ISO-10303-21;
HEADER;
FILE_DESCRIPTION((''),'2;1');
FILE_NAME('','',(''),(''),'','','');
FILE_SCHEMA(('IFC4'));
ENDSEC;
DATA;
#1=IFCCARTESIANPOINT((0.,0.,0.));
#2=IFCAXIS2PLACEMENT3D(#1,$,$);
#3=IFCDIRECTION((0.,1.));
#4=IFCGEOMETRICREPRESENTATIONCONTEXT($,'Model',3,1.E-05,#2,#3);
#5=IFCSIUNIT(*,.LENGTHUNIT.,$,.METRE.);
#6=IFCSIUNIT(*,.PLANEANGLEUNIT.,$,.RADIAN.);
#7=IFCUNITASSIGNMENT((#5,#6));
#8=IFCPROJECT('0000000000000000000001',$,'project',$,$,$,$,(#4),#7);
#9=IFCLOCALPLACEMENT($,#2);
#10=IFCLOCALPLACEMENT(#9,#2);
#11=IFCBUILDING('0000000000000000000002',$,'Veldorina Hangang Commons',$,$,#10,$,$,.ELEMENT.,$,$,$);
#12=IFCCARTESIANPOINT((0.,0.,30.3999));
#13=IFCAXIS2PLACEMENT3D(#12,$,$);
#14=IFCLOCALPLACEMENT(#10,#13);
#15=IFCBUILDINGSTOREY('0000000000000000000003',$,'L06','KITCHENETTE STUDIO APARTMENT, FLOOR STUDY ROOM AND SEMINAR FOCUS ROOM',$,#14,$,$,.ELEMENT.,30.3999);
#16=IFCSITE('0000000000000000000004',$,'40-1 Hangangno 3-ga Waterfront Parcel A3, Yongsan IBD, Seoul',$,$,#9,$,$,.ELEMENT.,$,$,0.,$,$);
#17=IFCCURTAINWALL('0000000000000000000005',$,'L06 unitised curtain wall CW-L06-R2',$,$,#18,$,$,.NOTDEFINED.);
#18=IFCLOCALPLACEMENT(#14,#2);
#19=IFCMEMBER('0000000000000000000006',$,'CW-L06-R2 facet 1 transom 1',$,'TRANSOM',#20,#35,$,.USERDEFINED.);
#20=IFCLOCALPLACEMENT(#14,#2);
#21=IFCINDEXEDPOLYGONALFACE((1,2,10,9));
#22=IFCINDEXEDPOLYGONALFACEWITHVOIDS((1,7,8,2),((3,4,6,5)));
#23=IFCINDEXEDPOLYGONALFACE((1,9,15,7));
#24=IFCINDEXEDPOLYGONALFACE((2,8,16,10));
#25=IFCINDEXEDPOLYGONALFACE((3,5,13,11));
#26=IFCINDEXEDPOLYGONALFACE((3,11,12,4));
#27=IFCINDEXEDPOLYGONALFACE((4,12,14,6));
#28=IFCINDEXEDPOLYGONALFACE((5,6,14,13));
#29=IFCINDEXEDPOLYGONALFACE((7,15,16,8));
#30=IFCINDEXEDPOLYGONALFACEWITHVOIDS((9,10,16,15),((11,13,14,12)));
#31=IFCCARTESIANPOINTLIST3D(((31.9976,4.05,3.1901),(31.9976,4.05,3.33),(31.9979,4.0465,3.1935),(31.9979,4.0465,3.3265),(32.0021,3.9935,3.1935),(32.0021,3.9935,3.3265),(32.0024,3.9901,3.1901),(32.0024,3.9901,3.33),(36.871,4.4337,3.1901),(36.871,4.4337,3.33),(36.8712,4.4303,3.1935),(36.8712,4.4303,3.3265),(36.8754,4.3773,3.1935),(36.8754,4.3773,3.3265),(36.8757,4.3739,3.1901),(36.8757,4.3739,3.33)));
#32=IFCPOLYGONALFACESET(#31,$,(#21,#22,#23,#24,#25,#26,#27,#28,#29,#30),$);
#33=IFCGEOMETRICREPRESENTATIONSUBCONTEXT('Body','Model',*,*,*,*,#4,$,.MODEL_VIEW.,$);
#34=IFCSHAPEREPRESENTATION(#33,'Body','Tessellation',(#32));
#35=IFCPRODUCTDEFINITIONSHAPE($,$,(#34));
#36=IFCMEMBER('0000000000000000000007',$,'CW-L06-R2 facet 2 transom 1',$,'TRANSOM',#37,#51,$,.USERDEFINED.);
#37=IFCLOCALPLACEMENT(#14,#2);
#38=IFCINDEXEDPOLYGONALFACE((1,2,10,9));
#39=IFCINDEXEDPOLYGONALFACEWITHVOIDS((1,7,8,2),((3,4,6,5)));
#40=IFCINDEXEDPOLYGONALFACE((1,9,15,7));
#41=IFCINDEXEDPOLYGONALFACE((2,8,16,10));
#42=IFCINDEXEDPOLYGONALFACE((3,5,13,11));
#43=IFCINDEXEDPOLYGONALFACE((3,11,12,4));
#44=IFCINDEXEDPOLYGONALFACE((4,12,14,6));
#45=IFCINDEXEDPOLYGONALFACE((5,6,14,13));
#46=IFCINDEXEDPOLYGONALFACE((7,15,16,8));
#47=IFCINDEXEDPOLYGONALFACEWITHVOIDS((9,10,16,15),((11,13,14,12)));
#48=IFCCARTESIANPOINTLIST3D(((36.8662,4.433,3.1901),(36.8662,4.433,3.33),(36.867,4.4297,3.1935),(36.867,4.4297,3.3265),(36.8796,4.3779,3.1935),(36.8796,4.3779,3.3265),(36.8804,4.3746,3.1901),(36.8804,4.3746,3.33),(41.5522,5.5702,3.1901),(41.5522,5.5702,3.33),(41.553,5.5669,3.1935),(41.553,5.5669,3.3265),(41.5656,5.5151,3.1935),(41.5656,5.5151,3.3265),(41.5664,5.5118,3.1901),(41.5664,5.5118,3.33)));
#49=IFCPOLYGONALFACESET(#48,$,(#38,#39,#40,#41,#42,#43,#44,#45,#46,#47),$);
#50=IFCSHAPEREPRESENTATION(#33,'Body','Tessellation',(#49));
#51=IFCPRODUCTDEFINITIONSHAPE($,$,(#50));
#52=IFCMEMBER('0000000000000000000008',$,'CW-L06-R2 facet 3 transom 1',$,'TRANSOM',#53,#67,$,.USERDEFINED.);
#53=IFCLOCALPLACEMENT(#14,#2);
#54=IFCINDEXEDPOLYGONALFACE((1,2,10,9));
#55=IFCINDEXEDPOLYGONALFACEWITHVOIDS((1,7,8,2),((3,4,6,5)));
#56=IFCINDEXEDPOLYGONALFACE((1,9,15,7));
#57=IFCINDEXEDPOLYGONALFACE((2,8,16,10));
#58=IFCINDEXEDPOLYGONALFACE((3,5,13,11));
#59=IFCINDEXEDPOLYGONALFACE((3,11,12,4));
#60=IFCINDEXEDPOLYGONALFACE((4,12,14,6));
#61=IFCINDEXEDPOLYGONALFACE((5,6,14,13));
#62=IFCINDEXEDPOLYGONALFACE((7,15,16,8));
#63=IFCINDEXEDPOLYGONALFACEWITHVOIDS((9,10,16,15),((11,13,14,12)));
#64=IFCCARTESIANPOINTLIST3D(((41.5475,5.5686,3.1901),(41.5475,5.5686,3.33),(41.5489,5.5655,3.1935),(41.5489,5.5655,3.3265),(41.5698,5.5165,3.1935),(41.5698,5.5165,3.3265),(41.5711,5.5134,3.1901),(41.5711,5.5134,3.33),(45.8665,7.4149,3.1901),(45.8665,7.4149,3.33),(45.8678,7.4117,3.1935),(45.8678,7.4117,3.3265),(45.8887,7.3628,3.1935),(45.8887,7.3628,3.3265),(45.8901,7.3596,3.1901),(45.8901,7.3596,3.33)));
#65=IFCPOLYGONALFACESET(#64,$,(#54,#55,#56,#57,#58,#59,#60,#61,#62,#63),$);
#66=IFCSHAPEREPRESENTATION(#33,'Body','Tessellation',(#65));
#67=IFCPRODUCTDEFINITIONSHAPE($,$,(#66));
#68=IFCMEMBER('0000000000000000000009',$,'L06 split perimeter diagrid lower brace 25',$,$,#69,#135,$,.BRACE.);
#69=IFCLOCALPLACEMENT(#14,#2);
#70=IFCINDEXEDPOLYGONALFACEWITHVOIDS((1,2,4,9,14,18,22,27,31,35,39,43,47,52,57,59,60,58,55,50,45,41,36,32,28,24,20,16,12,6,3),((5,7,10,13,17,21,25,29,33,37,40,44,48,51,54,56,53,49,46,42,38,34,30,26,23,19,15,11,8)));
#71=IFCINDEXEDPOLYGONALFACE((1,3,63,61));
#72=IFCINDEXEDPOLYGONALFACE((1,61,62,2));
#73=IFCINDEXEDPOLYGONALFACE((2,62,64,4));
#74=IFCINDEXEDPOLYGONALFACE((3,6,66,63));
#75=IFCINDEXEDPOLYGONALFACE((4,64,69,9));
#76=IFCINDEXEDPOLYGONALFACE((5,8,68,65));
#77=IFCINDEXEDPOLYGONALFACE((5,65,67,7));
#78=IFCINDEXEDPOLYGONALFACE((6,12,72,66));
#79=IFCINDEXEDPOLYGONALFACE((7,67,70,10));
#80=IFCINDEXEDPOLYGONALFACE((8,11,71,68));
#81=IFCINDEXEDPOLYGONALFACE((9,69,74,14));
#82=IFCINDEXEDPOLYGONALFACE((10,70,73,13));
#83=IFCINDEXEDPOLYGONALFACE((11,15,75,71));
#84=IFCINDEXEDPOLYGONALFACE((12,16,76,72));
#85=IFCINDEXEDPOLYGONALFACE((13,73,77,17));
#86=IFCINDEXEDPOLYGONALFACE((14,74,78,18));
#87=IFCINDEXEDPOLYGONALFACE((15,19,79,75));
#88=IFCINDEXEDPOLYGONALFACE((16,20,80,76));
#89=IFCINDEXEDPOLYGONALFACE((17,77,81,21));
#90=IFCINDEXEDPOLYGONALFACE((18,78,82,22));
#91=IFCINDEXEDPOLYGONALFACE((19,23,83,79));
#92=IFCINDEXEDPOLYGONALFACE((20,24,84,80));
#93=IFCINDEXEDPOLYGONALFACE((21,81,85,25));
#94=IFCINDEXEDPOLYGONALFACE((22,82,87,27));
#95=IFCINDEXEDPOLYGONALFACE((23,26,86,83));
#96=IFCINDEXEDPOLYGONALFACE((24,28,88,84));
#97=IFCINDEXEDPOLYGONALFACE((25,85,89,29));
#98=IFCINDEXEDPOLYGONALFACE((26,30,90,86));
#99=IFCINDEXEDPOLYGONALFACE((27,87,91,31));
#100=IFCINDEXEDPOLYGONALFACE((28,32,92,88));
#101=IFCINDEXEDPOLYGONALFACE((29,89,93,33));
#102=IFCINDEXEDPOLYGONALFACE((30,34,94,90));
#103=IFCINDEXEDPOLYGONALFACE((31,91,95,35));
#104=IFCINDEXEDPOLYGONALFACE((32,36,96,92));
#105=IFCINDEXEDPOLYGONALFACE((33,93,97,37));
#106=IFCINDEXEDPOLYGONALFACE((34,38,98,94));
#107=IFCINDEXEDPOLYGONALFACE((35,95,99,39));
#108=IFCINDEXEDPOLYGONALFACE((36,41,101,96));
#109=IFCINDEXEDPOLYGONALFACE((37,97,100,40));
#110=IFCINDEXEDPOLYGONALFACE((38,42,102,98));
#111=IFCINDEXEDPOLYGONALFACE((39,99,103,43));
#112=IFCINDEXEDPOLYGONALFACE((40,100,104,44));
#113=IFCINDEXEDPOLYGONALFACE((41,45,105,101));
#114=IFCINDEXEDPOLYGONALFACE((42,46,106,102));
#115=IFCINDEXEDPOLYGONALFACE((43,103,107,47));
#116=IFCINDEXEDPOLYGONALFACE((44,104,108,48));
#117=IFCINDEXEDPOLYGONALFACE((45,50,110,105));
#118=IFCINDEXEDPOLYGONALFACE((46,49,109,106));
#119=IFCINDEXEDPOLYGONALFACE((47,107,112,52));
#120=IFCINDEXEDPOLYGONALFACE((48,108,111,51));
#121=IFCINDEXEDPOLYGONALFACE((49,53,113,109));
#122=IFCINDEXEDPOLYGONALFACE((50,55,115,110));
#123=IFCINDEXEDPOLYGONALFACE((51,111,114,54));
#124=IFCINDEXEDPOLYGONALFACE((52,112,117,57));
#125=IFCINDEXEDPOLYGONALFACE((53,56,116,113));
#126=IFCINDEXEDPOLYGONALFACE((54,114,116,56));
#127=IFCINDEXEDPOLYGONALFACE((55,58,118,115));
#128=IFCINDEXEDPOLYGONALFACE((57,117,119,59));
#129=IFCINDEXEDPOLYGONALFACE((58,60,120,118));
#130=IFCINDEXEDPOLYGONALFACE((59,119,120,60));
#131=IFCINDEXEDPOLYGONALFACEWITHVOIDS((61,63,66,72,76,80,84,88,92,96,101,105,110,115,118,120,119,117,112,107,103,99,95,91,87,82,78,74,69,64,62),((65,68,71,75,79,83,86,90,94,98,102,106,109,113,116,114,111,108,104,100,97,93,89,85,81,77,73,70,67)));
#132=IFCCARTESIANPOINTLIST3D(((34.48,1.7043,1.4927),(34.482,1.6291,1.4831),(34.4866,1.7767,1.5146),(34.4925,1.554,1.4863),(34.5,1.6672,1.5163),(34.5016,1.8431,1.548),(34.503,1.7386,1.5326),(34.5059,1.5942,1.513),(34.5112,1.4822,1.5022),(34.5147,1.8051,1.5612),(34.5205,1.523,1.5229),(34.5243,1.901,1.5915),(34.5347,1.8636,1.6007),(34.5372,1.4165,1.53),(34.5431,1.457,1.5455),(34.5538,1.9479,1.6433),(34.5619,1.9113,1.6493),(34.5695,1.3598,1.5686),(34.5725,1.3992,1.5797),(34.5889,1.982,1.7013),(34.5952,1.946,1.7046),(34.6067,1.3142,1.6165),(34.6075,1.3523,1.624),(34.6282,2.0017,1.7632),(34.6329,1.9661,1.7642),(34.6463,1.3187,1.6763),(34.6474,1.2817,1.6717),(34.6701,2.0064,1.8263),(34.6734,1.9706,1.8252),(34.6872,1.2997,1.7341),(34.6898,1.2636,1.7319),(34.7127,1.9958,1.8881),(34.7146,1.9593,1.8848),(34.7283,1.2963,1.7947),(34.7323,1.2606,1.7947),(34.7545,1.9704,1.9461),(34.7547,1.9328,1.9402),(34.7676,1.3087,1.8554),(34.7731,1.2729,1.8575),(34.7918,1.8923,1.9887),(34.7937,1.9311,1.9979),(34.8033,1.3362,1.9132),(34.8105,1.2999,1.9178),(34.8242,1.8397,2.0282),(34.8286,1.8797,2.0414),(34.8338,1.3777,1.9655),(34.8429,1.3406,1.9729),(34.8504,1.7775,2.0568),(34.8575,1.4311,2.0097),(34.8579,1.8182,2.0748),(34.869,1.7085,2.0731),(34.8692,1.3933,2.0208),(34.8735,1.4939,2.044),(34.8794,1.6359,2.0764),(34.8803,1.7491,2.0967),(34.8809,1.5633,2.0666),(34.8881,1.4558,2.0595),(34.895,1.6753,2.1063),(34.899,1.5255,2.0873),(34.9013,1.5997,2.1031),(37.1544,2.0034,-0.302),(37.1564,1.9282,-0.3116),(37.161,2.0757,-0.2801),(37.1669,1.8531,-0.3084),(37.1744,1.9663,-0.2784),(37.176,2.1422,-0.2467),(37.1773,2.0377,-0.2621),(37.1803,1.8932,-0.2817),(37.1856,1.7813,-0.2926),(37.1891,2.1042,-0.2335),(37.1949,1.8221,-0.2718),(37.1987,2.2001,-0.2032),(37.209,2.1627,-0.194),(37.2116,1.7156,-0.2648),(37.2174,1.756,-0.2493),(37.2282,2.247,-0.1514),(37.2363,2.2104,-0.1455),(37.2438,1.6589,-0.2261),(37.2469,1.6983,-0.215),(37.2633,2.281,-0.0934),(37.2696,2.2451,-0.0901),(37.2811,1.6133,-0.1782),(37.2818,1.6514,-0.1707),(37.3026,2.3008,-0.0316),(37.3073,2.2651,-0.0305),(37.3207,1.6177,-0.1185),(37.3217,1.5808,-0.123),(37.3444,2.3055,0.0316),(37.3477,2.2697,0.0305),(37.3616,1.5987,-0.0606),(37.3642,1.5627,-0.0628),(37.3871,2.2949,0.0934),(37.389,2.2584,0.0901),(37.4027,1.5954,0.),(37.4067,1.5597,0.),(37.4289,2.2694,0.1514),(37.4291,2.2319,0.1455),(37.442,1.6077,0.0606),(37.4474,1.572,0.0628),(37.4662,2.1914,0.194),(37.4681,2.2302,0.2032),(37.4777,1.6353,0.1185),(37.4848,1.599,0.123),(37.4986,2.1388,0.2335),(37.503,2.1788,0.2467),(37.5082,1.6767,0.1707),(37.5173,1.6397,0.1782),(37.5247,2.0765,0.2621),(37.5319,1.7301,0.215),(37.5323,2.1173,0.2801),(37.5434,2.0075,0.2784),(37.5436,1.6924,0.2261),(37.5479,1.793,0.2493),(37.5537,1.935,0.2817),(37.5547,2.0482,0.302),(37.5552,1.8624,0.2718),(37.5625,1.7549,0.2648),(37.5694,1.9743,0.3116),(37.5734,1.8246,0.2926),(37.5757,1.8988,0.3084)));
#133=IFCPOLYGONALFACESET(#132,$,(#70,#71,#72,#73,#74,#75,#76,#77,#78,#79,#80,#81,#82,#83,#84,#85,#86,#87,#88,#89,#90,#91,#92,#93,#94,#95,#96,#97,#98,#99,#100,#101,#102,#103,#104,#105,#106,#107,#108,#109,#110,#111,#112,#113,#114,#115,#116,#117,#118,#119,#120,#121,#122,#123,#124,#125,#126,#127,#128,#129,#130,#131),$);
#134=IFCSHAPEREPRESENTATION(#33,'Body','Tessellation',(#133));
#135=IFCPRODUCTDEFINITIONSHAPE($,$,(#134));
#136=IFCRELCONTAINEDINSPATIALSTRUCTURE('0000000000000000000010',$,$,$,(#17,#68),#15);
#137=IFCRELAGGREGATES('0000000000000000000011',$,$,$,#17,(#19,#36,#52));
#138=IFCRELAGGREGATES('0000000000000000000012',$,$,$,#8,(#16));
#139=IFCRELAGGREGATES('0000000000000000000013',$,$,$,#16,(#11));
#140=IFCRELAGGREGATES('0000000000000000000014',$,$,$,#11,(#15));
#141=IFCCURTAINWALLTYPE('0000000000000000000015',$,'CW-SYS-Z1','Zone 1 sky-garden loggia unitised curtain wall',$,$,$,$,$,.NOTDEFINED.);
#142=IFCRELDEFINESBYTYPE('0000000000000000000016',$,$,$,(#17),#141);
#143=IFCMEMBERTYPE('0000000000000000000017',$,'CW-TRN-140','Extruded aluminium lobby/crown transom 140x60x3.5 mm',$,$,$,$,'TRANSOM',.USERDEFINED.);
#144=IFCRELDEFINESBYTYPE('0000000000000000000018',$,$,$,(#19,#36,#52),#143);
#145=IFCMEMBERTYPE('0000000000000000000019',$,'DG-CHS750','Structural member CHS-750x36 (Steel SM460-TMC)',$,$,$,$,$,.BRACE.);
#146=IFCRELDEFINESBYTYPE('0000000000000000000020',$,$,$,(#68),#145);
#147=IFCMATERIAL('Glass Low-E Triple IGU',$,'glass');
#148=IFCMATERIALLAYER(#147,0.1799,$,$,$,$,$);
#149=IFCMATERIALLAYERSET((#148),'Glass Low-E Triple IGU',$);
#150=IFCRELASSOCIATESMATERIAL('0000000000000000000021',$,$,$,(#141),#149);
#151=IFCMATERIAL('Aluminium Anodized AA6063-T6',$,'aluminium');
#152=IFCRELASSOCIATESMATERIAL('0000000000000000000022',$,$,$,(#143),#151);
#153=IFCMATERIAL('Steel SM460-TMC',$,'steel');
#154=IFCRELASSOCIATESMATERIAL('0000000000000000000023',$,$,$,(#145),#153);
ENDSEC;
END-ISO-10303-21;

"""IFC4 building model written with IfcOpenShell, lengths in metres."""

from ifc_helpers import new_model, si_unit, direction, frame, origin, origin_2d, place, context, subcontext, project, spatial, hollow_rectangle, hollow_circle, extrude, material, layer, layer_set, material_profile, profile_set, type_object, element, aggregate, save


model = new_model("IFC4")

# Units and contexts
model_context = context("Model", 3, precision=1e-05, world=origin(), true_north=direction((0.0, 1.0)))
body_context = subcontext(model_context, "Body", "Model", "MODEL_VIEW")
ifc_project = project(units=[si_unit("LENGTHUNIT", "METRE"), si_unit("PLANEANGLEUNIT", "RADIAN")], contexts=[model_context])

# Site, building, storey
site_placement = place(None, origin())
site = spatial("IfcSite", under=ifc_project, at=site_placement, Name="40-1 Hangangno 3-ga Waterfront Parcel A3, Yongsan IBD, Seoul", CompositionType="ELEMENT", RefElevation=0.0)
building_placement = place(site_placement, origin())
building = spatial("IfcBuilding", under=site, at=building_placement, Name="Veldorina Hangang Commons", CompositionType="ELEMENT")
storey_placement = place(building_placement, frame((0.0, 0.0, 30.3999)))
storey = spatial("IfcBuildingStorey", under=building, at=storey_placement, Name="L06", Description="KITCHENETTE STUDIO APARTMENT, FLOOR STUDY ROOM AND SEMINAR FOCUS ROOM", CompositionType="ELEMENT", Elevation=30.3999)

# Shared definitions
ifc_material_1 = material(Name="Steel SM460-TMC", Category="steel")

# Curtain wall, members
ifc_material_2 = material(Name="Glass Low-E Triple IGU", Category="glass")
ifc_layer_1 = layer(ifc_material_2, 0.1799)
ifc_layer_set_1 = layer_set([ifc_layer_1], Name="Glass Low-E Triple IGU")
curtain_wall_type = type_object("IfcCurtainWallType", Name="CW-SYS-Z1", Description="Zone 1 sky-garden loggia unitised curtain wall", PredefinedType="NOTDEFINED", material=ifc_layer_set_1)
curtain_wall_placement = place(storey_placement, origin())
curtain_wall = element("IfcCurtainWall", 1, at=curtain_wall_placement, inside=storey, type_object=curtain_wall_type, Name="L06 unitised curtain wall CW-L06-R2", PredefinedType="NOTDEFINED")
ifc_material_3 = material(Name="Aluminium Anodized AA6063-T6", Category="aluminium")
ifc_material_profile_1 = material_profile(ifc_material_3, hollow_rectangle(XDim=0.0601, YDim=0.1399, WallThickness=0.0034, at=origin_2d()), Name="ALU-RHS-140x60x3.5")
ifc_profile_set_1 = profile_set([ifc_material_profile_1], Name="Aluminium Anodized AA6063-T6")
member_type_1 = type_object("IfcMemberType", Name="CW-TRN-140", Description="Extruded aluminium lobby/crown transom 140x60x3.5 mm", ElementType="TRANSOM", PredefinedType="USERDEFINED", material=ifc_profile_set_1)
member_1_placement = place(storey_placement, frame((32.0, 4.02, 3.26), z_axis=(0.996913, 0.07851, 0.0), x_axis=(-0.07851, 0.996913, 0.0)))
member_1 = element("IfcMember", 2, at=member_1_placement, type_object=member_type_1, Name="CW-L06-R2 facet 1 transom 1", ObjectType="TRANSOM", PredefinedType="USERDEFINED", context=body_context, shape_type="SweptSolid", body=[
    extrude(hollow_rectangle(XDim=0.0601, YDim=0.1399, WallThickness=0.0034, at=origin_2d()), origin(), (0.0, 0.0, 1.0), 4.8884),
])
member_2_placement = place(storey_placement, frame((36.8733, 4.4038, 3.26), z_axis=(0.971793, 0.235835, 0.0), x_axis=(-0.235835, 0.971793, 0.0)))
member_2 = element("IfcMember", 3, at=member_2_placement, type_object=member_type_1, Name="CW-L06-R2 facet 2 transom 1", ObjectType="TRANSOM", PredefinedType="USERDEFINED", context=body_context, shape_type="SweptSolid", body=[
    extrude(hollow_rectangle(XDim=0.0601, YDim=0.1399, WallThickness=0.0034, at=origin_2d()), origin(), (0.0, 0.0, 1.0), 4.822),
])
member_3_placement = place(storey_placement, frame((41.5593, 5.541, 3.26), z_axis=(0.91951, 0.393066, 0.0), x_axis=(-0.393066, 0.91951, 0.0)))
member_3 = element("IfcMember", 4, at=member_3_placement, type_object=member_type_1, Name="CW-L06-R2 facet 3 transom 1", ObjectType="TRANSOM", PredefinedType="USERDEFINED", context=body_context, shape_type="SweptSolid", body=[
    extrude(hollow_rectangle(XDim=0.0601, YDim=0.1399, WallThickness=0.0034, at=origin_2d()), origin(), (0.0, 0.0, 1.0), 4.697),
])

# Member
ifc_material_profile_2 = material_profile(ifc_material_1, hollow_circle(Radius=0.375, WallThickness=0.0359, at=origin_2d()), Name="CHS-750x36")
ifc_profile_set_2 = profile_set([ifc_material_profile_2], Name="Steel SM460-TMC")
member_type_2 = type_object("IfcMemberType", Name="DG-CHS750", Description="Structural member CHS-750x36 (Steel SM460-TMC)", PredefinedType="BRACE", material=ifc_profile_set_2)
member_4_placement = place(storey_placement, frame((37.365, 1.9324, 0.0), z_axis=(-0.826798, -0.092462, 0.554847), x_axis=(0.111138, -0.993805, 0.0)))
element("IfcMember", 5, at=member_4_placement, inside=storey, type_object=member_type_2, Name="L06 split perimeter diagrid lower brace 25", PredefinedType="BRACE", context=body_context, shape_type="SweptSolid", body=[
    extrude(hollow_circle(Radius=0.375, WallThickness=0.0359, at=origin_2d()), origin(), (0.0, 0.0, 1.0), 3.2346),
])

aggregate(curtain_wall, [member_1, member_2, member_3])

save(model, "model.ifc")
